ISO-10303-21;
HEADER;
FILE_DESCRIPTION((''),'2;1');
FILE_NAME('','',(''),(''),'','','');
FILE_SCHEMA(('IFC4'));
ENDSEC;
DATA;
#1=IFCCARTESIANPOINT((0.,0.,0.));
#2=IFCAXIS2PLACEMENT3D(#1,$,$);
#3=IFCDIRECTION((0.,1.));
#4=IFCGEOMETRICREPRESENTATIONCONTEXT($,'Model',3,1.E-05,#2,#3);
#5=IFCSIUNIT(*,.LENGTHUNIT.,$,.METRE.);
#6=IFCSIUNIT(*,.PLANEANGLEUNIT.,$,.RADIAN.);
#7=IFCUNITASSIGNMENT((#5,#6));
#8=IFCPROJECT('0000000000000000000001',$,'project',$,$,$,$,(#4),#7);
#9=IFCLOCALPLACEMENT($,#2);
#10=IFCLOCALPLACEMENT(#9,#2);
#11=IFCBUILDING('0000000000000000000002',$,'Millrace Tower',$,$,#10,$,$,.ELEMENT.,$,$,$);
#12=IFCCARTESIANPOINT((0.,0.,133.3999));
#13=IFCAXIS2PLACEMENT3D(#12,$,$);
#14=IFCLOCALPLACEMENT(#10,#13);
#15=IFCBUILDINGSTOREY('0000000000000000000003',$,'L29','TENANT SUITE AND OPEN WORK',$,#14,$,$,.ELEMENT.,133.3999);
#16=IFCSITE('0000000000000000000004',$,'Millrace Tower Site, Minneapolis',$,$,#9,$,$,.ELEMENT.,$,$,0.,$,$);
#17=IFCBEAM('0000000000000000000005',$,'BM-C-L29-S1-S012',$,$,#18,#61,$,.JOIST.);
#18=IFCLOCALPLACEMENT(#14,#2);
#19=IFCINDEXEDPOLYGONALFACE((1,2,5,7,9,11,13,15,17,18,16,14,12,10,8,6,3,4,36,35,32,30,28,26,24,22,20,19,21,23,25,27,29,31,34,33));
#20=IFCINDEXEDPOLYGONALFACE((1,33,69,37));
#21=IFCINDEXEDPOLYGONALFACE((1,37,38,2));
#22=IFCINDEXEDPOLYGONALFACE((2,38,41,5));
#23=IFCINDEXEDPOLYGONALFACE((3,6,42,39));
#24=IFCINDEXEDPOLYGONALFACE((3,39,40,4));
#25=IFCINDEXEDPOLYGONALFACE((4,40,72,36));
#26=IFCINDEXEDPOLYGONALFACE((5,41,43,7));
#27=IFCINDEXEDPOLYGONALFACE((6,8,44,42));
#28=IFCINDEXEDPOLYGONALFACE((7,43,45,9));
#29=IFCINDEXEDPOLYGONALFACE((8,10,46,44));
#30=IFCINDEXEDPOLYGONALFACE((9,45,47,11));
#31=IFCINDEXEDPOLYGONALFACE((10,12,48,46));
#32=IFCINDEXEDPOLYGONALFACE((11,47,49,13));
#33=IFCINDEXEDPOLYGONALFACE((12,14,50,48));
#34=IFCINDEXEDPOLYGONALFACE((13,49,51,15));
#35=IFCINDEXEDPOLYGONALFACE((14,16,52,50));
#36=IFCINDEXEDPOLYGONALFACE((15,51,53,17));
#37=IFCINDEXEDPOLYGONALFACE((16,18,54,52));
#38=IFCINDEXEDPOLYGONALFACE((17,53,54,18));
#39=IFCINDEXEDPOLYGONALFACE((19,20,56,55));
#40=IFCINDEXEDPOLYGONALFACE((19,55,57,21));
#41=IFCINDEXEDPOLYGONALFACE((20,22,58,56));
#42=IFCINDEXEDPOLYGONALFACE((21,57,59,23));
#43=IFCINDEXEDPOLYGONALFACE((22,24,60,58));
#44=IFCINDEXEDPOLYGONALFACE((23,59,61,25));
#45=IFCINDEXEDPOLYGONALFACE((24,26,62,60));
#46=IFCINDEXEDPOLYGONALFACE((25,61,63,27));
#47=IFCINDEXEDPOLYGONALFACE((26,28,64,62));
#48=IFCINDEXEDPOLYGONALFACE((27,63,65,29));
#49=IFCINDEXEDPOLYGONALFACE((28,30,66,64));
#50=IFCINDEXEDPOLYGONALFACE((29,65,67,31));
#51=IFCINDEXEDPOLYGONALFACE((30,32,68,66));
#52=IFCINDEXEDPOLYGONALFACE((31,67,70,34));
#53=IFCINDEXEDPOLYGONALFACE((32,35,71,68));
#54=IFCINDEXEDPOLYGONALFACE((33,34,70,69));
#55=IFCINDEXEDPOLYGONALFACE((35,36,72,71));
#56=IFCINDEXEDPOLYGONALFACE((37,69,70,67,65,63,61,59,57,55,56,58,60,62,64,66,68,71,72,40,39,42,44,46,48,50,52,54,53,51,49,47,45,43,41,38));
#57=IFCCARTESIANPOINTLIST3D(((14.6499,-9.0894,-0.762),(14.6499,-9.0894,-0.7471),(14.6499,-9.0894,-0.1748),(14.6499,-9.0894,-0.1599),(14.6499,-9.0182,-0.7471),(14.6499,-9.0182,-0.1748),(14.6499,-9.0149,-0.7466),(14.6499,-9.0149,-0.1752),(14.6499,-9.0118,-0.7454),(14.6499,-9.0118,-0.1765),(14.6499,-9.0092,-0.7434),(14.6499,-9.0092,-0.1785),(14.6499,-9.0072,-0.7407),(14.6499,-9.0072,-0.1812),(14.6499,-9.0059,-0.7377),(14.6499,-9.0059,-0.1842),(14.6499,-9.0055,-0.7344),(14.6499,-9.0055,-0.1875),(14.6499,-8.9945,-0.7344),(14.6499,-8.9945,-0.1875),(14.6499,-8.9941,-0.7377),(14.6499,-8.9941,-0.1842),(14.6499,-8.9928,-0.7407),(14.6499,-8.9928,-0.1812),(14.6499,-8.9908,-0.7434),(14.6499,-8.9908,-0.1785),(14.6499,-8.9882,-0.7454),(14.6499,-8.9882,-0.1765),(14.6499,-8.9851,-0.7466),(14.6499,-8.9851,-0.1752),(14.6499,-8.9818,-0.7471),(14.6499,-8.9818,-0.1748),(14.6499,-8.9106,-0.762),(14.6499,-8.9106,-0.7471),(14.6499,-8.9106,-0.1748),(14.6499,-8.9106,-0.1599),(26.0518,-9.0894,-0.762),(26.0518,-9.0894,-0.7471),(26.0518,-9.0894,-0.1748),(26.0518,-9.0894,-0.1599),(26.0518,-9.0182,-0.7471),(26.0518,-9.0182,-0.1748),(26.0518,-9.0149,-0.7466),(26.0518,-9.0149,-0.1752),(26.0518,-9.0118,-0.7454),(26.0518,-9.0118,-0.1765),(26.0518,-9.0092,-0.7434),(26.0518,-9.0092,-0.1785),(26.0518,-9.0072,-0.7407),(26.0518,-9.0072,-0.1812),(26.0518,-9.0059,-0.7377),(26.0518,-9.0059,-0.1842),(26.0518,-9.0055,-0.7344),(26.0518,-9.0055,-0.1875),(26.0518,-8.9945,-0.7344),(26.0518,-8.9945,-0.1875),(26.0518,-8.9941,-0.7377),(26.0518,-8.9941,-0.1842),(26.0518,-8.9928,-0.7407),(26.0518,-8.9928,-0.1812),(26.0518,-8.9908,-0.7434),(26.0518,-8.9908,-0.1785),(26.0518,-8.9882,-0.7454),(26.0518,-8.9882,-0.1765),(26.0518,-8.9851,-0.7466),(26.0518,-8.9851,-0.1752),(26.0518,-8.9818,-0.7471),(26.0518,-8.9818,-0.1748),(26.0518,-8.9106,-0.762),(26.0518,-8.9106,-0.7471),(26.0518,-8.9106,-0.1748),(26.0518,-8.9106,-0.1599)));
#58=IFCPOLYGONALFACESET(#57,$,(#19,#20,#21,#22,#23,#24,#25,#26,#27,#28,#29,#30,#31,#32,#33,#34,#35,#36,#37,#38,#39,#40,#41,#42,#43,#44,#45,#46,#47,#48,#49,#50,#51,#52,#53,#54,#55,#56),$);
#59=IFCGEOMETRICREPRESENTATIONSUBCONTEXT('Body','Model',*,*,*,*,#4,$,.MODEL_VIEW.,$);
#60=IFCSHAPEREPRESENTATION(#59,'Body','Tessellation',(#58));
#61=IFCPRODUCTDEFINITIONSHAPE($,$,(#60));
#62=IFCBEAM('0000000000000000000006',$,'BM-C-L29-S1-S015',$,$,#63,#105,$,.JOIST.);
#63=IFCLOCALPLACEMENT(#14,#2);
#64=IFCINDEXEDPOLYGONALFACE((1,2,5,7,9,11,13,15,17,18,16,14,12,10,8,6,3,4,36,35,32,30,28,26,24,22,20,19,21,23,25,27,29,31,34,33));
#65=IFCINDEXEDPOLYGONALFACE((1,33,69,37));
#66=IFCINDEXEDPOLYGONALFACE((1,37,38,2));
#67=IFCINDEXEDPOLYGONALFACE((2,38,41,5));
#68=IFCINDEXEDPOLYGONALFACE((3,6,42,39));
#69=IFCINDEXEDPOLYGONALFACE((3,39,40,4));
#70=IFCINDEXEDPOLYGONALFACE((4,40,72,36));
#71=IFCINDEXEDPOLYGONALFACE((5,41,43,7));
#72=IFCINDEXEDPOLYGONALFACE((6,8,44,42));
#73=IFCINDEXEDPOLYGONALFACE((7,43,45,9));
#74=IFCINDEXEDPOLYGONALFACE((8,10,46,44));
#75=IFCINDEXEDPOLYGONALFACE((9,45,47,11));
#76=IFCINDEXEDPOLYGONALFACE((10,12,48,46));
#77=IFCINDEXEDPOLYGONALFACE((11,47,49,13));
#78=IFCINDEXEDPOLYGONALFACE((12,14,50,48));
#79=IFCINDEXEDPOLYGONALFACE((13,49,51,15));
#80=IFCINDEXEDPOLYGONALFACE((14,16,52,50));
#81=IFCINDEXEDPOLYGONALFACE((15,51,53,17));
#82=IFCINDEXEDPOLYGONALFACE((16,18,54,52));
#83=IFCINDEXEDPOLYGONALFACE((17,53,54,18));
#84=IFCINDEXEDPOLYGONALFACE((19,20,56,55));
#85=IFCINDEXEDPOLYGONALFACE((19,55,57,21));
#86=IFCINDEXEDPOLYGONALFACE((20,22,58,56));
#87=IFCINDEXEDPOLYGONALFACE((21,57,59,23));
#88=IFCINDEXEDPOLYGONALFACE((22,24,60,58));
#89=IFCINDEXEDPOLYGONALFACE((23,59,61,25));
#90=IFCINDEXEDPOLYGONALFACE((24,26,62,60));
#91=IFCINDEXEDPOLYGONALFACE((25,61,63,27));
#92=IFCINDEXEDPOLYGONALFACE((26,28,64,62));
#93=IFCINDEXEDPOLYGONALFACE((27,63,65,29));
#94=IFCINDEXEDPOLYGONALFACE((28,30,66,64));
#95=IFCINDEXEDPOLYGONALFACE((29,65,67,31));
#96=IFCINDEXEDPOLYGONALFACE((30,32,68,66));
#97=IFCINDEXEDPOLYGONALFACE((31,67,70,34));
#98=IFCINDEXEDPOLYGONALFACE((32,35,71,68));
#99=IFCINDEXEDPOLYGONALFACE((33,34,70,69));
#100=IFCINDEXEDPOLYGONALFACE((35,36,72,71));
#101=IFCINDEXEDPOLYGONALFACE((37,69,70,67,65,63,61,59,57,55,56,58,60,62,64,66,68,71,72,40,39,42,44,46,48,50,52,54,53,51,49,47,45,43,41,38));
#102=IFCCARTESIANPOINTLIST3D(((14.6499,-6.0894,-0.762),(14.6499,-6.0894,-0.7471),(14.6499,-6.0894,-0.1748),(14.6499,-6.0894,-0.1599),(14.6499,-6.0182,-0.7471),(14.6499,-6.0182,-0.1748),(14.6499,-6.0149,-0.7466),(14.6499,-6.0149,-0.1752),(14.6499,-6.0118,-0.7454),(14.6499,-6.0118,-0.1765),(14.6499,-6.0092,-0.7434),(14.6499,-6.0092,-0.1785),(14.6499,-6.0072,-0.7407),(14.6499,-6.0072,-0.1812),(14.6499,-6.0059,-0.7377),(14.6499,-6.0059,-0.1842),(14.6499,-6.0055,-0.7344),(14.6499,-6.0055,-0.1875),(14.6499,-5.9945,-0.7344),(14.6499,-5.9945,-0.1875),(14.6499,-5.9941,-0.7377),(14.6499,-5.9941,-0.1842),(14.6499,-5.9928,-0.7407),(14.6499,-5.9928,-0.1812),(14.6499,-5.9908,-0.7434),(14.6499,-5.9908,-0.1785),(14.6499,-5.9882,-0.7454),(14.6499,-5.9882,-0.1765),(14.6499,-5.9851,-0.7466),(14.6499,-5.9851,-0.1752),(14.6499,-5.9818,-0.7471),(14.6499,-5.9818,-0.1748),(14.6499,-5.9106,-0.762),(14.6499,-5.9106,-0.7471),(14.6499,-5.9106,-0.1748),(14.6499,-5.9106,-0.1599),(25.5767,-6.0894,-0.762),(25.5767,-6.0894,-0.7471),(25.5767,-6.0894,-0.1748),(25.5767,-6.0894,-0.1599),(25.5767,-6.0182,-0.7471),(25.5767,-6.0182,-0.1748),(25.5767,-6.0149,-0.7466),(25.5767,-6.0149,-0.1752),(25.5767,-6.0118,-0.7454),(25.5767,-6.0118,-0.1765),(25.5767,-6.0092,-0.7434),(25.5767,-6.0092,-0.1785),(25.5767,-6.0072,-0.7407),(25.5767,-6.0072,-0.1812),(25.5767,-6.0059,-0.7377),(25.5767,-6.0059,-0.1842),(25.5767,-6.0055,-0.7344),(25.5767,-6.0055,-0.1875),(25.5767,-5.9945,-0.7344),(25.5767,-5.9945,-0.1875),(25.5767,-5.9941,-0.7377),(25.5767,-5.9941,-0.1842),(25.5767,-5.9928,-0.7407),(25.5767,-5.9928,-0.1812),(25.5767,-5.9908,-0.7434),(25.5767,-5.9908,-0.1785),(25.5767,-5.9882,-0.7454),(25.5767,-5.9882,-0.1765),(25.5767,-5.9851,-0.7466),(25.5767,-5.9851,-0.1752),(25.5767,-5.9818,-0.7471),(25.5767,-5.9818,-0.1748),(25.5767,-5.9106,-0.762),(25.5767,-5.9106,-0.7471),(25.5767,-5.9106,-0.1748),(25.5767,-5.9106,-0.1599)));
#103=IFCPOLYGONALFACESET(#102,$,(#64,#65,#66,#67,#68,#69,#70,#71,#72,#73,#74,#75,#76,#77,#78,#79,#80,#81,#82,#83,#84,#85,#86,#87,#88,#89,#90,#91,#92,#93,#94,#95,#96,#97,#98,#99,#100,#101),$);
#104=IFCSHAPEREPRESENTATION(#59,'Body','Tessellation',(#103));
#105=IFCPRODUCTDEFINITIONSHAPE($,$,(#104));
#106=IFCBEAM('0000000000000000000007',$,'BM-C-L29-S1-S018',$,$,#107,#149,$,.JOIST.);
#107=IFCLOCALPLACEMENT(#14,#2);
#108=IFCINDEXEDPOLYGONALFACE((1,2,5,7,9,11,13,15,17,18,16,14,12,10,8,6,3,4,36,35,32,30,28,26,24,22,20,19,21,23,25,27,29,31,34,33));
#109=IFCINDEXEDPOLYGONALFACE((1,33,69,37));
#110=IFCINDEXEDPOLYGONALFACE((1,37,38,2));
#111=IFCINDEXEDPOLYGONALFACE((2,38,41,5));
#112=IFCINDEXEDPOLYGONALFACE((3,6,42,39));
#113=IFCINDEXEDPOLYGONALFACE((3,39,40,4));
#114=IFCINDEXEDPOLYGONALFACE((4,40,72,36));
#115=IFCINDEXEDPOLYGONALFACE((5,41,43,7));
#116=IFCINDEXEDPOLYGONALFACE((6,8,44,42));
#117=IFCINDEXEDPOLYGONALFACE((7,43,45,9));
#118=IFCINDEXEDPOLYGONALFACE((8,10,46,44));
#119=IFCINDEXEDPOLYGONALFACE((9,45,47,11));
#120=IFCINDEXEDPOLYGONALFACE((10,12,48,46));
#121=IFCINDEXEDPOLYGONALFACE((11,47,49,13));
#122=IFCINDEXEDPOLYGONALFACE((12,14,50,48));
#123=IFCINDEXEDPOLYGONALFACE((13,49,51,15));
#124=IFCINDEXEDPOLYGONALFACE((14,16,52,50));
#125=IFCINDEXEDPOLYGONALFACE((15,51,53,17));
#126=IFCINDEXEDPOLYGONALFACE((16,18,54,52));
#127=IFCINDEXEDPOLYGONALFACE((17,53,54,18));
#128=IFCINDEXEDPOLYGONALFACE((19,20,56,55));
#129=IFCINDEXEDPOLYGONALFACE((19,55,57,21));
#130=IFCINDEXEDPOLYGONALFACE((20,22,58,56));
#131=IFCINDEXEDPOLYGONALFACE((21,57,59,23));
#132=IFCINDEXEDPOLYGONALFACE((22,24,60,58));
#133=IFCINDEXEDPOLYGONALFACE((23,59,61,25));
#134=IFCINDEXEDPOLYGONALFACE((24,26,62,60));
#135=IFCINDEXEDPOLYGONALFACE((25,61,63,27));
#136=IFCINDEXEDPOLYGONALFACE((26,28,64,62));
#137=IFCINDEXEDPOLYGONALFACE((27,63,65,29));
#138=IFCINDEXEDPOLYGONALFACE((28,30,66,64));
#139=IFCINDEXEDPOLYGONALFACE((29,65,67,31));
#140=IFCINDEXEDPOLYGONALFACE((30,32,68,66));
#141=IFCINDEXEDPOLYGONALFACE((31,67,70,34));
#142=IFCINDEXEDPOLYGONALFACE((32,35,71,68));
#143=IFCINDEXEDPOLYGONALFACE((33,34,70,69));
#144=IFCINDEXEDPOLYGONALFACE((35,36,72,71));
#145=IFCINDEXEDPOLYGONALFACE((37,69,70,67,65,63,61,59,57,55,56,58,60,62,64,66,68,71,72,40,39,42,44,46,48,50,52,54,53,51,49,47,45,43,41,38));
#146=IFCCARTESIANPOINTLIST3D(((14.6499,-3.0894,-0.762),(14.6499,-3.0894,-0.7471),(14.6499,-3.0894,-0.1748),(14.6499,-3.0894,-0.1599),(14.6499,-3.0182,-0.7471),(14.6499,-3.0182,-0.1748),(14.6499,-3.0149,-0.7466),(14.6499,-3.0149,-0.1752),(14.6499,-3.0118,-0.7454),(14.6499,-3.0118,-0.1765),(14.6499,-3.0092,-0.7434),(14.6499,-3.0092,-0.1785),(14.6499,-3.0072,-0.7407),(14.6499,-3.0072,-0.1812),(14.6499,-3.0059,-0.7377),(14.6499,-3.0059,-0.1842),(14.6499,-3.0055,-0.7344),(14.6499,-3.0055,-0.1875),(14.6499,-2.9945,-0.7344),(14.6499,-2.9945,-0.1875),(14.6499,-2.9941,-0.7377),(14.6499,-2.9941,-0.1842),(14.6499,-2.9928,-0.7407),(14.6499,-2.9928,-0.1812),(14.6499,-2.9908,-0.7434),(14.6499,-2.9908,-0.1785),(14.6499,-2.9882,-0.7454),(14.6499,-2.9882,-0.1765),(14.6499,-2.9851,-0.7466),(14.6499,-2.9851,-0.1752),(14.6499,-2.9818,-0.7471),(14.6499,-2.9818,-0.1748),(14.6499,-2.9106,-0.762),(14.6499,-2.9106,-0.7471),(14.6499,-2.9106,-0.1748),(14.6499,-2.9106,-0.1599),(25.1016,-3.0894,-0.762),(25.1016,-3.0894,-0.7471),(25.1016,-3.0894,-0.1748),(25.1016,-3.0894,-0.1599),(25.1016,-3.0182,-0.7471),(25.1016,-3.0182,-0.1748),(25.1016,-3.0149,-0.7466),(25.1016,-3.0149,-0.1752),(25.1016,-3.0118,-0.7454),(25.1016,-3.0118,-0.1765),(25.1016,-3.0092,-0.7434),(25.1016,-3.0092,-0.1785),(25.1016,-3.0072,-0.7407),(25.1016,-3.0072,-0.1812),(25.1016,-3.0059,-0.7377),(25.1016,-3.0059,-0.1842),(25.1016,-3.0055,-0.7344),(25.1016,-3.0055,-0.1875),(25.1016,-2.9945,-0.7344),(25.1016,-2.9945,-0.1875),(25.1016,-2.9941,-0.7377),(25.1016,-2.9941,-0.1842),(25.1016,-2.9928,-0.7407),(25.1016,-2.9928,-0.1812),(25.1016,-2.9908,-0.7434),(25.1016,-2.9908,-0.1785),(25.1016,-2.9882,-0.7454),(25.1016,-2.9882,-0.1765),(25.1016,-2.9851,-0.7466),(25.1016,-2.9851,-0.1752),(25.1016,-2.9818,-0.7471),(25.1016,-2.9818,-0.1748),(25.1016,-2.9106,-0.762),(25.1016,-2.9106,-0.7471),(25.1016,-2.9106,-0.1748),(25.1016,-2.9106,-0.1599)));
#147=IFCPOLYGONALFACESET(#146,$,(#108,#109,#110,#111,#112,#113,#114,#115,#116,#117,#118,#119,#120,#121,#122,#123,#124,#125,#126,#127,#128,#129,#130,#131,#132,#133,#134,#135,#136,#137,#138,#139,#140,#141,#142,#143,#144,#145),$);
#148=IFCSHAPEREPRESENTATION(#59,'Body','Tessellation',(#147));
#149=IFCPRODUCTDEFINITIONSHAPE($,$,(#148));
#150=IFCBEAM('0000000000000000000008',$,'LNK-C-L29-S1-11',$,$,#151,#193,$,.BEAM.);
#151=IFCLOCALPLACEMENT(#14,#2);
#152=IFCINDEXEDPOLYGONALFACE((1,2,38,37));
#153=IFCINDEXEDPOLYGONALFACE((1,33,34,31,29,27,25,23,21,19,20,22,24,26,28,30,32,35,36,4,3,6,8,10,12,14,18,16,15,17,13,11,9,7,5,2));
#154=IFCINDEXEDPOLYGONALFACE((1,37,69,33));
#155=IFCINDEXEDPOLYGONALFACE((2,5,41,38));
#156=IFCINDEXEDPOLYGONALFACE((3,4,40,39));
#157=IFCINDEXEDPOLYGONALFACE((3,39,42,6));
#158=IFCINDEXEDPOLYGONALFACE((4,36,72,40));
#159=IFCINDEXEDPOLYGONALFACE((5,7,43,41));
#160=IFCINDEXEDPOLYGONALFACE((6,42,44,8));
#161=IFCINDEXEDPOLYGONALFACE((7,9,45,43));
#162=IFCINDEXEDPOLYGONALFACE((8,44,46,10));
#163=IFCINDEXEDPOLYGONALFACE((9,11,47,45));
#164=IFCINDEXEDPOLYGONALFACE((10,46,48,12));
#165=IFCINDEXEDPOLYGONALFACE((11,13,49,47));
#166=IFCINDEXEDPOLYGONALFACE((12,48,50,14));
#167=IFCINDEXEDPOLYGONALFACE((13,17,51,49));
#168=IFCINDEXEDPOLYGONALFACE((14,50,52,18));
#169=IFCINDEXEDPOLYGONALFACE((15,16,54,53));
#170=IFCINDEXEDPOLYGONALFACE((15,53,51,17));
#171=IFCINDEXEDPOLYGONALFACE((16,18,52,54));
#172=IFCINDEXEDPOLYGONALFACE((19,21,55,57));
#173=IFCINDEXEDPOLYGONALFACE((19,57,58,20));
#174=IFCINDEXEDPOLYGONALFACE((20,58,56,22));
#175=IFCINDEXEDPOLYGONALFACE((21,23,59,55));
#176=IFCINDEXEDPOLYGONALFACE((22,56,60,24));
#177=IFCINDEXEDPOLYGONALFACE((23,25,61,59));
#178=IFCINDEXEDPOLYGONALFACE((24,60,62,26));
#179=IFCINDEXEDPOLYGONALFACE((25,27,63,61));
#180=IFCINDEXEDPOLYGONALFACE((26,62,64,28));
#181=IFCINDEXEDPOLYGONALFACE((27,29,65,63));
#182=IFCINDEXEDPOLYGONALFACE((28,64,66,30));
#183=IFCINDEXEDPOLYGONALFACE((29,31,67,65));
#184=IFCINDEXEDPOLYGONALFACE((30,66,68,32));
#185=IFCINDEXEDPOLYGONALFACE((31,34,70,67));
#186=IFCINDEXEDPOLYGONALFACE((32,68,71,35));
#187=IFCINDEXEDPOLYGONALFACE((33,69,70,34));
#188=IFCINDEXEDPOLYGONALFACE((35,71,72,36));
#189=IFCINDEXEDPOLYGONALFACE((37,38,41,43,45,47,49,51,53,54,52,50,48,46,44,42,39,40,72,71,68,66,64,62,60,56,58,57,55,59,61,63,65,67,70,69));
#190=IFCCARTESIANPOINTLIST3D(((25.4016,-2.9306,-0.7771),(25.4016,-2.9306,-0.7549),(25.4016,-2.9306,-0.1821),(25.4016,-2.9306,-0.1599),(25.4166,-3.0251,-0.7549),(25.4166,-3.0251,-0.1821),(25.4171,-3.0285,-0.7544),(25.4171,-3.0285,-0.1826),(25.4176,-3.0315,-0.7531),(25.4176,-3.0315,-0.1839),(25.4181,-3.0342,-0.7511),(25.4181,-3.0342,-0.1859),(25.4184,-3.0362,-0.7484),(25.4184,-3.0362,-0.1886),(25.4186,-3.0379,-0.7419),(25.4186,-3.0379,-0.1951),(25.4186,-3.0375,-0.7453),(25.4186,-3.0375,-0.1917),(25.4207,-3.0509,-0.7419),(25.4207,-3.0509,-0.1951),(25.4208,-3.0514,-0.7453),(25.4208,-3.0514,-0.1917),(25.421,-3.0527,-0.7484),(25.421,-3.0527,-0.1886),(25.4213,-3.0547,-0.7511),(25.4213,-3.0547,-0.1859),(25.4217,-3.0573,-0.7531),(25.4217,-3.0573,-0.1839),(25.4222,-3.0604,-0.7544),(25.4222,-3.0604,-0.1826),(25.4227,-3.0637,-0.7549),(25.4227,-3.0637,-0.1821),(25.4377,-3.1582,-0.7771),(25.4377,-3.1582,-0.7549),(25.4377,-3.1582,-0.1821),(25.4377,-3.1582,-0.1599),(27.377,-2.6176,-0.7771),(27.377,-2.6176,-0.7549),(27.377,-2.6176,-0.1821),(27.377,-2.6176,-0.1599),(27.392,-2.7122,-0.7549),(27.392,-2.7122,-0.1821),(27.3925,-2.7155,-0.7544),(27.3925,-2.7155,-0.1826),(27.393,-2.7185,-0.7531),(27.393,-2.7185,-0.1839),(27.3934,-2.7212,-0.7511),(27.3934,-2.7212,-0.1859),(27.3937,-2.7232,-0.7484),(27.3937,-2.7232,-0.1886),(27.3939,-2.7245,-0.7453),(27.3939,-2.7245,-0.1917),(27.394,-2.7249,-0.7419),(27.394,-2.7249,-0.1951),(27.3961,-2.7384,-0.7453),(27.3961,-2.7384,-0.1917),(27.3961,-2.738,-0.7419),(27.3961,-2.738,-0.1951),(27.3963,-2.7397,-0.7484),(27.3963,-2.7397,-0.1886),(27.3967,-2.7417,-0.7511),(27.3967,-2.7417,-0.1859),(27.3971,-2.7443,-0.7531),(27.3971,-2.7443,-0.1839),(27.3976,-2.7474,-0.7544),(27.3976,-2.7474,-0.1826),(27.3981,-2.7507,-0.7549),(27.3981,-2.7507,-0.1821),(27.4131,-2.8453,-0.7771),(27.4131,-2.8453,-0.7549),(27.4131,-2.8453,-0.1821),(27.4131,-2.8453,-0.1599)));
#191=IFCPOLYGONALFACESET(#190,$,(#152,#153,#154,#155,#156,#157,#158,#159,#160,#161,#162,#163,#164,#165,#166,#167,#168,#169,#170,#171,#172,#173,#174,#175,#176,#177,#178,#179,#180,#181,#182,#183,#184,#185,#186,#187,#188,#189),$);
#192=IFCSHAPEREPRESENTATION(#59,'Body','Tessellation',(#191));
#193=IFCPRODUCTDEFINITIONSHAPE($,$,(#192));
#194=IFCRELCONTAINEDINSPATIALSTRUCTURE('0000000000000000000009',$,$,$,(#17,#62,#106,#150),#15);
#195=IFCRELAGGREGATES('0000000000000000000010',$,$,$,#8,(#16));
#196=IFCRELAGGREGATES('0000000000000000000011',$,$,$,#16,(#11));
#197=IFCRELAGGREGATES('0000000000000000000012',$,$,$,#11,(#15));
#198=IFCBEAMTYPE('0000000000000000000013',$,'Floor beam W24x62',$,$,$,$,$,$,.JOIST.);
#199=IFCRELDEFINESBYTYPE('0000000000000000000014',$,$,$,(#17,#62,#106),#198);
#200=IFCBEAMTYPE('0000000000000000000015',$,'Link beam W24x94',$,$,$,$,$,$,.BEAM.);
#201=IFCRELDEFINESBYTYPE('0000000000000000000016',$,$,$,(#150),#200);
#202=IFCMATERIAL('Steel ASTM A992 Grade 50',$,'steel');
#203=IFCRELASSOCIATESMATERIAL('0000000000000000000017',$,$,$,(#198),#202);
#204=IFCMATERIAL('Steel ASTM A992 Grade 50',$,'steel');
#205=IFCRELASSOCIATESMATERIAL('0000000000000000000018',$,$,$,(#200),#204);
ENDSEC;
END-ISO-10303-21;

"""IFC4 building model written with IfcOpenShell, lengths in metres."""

from ifc_helpers import new_model, si_unit, direction, frame, origin, origin_2d, place, context, subcontext, project, spatial, i_section, extrude, material, material_profile, profile_set, type_object, element, save


model = new_model("IFC4")

# Units and contexts
model_context = context("Model", 3, precision=1e-05, world=origin(), true_north=direction((0.0, 1.0)))
body_context = subcontext(model_context, "Body", "Model", "MODEL_VIEW")
ifc_project = project(units=[si_unit("LENGTHUNIT", "METRE"), si_unit("PLANEANGLEUNIT", "RADIAN")], contexts=[model_context])

# Site, building, storey
site_placement = place(None, origin())
site = spatial("IfcSite", under=ifc_project, at=site_placement, Name="Millrace Tower Site, Minneapolis", CompositionType="ELEMENT", RefElevation=0.0)
building_placement = place(site_placement, origin())
building = spatial("IfcBuilding", under=site, at=building_placement, Name="Millrace Tower", CompositionType="ELEMENT")
storey_placement = place(building_placement, frame((0.0, 0.0, 133.3999)))
storey = spatial("IfcBuildingStorey", under=building, at=storey_placement, Name="L29", Description="TENANT SUITE AND OPEN WORK", CompositionType="ELEMENT", Elevation=133.3999)

# Beams
ifc_material_1 = material(Name="Steel ASTM A992 Grade 50", Category="steel")
ifc_material_profile_1 = material_profile(ifc_material_1, i_section(OverallWidth=0.1787, OverallDepth=0.6021, WebThickness=0.011, FlangeThickness=0.0149, FilletRadius=0.0127, at=origin_2d()))
ifc_profile_set_1 = profile_set([ifc_material_profile_1], Name="Steel ASTM A992 Grade 50")
beam_type_1 = type_object("IfcBeamType", Name="Floor beam W24x62", PredefinedType="JOIST", material=ifc_profile_set_1)
beam_1_placement = place(storey_placement, frame((14.6499, -9.0, -0.4609), z_axis=(1.0, 0.0, 0.0), x_axis=(0.0, 1.0, 0.0)))
element("IfcBeam", 1, at=beam_1_placement, inside=storey, type_object=beam_type_1, Name="BM-C-L29-S1-S012", PredefinedType="JOIST", context=body_context, shape_type="SweptSolid", body=[
    extrude(i_section(OverallWidth=0.1787, OverallDepth=0.6021, WebThickness=0.011, FlangeThickness=0.0149, FilletRadius=0.0127, at=origin_2d()), origin(), (0.0, 0.0, 1.0), 11.4019),
])
beam_2_placement = place(storey_placement, frame((14.6499, -6.0, -0.4609), z_axis=(1.0, 0.0, 0.0), x_axis=(0.0, 1.0, 0.0)))
element("IfcBeam", 2, at=beam_2_placement, inside=storey, type_object=beam_type_1, Name="BM-C-L29-S1-S015", PredefinedType="JOIST", context=body_context, shape_type="SweptSolid", body=[
    extrude(i_section(OverallWidth=0.1787, OverallDepth=0.6021, WebThickness=0.011, FlangeThickness=0.0149, FilletRadius=0.0127, at=origin_2d()), origin(), (0.0, 0.0, 1.0), 10.9268),
])
beam_3_placement = place(storey_placement, frame((14.6499, -3.0, -0.4609), z_axis=(1.0, 0.0, 0.0), x_axis=(0.0, 1.0, 0.0)))
element("IfcBeam", 3, at=beam_3_placement, inside=storey, type_object=beam_type_1, Name="BM-C-L29-S1-S018", PredefinedType="JOIST", context=body_context, shape_type="SweptSolid", body=[
    extrude(i_section(OverallWidth=0.1787, OverallDepth=0.6021, WebThickness=0.011, FlangeThickness=0.0149, FilletRadius=0.0127, at=origin_2d()), origin(), (0.0, 0.0, 1.0), 10.4517),
])
ifc_material_2 = material(Name="Steel ASTM A992 Grade 50", Category="steel")
ifc_material_profile_2 = material_profile(ifc_material_2, i_section(OverallWidth=0.2305, OverallDepth=0.6172, WebThickness=0.0132, FlangeThickness=0.0222, FilletRadius=0.0129, at=origin_2d()))
ifc_profile_set_2 = profile_set([ifc_material_profile_2], Name="Steel ASTM A992 Grade 50")
beam_type_2 = type_object("IfcBeamType", Name="Link beam W24x94", PredefinedType="BEAM", material=ifc_profile_set_2)
beam_4_placement = place(storey_placement, frame((25.4197, -3.0444, -0.4685), z_axis=(0.987679, 0.156495, 0.0), x_axis=(-0.156495, 0.987679, 0.0)))
element("IfcBeam", 4, at=beam_4_placement, inside=storey, type_object=beam_type_2, Name="LNK-C-L29-S1-11", PredefinedType="BEAM", context=body_context, shape_type="SweptSolid", body=[
    extrude(i_section(OverallWidth=0.2305, OverallDepth=0.6172, WebThickness=0.0132, FlangeThickness=0.0222, FilletRadius=0.0129, at=origin_2d()), origin(), (0.0, 0.0, 1.0), 2.0),
])

save(model, "model.ifc")
